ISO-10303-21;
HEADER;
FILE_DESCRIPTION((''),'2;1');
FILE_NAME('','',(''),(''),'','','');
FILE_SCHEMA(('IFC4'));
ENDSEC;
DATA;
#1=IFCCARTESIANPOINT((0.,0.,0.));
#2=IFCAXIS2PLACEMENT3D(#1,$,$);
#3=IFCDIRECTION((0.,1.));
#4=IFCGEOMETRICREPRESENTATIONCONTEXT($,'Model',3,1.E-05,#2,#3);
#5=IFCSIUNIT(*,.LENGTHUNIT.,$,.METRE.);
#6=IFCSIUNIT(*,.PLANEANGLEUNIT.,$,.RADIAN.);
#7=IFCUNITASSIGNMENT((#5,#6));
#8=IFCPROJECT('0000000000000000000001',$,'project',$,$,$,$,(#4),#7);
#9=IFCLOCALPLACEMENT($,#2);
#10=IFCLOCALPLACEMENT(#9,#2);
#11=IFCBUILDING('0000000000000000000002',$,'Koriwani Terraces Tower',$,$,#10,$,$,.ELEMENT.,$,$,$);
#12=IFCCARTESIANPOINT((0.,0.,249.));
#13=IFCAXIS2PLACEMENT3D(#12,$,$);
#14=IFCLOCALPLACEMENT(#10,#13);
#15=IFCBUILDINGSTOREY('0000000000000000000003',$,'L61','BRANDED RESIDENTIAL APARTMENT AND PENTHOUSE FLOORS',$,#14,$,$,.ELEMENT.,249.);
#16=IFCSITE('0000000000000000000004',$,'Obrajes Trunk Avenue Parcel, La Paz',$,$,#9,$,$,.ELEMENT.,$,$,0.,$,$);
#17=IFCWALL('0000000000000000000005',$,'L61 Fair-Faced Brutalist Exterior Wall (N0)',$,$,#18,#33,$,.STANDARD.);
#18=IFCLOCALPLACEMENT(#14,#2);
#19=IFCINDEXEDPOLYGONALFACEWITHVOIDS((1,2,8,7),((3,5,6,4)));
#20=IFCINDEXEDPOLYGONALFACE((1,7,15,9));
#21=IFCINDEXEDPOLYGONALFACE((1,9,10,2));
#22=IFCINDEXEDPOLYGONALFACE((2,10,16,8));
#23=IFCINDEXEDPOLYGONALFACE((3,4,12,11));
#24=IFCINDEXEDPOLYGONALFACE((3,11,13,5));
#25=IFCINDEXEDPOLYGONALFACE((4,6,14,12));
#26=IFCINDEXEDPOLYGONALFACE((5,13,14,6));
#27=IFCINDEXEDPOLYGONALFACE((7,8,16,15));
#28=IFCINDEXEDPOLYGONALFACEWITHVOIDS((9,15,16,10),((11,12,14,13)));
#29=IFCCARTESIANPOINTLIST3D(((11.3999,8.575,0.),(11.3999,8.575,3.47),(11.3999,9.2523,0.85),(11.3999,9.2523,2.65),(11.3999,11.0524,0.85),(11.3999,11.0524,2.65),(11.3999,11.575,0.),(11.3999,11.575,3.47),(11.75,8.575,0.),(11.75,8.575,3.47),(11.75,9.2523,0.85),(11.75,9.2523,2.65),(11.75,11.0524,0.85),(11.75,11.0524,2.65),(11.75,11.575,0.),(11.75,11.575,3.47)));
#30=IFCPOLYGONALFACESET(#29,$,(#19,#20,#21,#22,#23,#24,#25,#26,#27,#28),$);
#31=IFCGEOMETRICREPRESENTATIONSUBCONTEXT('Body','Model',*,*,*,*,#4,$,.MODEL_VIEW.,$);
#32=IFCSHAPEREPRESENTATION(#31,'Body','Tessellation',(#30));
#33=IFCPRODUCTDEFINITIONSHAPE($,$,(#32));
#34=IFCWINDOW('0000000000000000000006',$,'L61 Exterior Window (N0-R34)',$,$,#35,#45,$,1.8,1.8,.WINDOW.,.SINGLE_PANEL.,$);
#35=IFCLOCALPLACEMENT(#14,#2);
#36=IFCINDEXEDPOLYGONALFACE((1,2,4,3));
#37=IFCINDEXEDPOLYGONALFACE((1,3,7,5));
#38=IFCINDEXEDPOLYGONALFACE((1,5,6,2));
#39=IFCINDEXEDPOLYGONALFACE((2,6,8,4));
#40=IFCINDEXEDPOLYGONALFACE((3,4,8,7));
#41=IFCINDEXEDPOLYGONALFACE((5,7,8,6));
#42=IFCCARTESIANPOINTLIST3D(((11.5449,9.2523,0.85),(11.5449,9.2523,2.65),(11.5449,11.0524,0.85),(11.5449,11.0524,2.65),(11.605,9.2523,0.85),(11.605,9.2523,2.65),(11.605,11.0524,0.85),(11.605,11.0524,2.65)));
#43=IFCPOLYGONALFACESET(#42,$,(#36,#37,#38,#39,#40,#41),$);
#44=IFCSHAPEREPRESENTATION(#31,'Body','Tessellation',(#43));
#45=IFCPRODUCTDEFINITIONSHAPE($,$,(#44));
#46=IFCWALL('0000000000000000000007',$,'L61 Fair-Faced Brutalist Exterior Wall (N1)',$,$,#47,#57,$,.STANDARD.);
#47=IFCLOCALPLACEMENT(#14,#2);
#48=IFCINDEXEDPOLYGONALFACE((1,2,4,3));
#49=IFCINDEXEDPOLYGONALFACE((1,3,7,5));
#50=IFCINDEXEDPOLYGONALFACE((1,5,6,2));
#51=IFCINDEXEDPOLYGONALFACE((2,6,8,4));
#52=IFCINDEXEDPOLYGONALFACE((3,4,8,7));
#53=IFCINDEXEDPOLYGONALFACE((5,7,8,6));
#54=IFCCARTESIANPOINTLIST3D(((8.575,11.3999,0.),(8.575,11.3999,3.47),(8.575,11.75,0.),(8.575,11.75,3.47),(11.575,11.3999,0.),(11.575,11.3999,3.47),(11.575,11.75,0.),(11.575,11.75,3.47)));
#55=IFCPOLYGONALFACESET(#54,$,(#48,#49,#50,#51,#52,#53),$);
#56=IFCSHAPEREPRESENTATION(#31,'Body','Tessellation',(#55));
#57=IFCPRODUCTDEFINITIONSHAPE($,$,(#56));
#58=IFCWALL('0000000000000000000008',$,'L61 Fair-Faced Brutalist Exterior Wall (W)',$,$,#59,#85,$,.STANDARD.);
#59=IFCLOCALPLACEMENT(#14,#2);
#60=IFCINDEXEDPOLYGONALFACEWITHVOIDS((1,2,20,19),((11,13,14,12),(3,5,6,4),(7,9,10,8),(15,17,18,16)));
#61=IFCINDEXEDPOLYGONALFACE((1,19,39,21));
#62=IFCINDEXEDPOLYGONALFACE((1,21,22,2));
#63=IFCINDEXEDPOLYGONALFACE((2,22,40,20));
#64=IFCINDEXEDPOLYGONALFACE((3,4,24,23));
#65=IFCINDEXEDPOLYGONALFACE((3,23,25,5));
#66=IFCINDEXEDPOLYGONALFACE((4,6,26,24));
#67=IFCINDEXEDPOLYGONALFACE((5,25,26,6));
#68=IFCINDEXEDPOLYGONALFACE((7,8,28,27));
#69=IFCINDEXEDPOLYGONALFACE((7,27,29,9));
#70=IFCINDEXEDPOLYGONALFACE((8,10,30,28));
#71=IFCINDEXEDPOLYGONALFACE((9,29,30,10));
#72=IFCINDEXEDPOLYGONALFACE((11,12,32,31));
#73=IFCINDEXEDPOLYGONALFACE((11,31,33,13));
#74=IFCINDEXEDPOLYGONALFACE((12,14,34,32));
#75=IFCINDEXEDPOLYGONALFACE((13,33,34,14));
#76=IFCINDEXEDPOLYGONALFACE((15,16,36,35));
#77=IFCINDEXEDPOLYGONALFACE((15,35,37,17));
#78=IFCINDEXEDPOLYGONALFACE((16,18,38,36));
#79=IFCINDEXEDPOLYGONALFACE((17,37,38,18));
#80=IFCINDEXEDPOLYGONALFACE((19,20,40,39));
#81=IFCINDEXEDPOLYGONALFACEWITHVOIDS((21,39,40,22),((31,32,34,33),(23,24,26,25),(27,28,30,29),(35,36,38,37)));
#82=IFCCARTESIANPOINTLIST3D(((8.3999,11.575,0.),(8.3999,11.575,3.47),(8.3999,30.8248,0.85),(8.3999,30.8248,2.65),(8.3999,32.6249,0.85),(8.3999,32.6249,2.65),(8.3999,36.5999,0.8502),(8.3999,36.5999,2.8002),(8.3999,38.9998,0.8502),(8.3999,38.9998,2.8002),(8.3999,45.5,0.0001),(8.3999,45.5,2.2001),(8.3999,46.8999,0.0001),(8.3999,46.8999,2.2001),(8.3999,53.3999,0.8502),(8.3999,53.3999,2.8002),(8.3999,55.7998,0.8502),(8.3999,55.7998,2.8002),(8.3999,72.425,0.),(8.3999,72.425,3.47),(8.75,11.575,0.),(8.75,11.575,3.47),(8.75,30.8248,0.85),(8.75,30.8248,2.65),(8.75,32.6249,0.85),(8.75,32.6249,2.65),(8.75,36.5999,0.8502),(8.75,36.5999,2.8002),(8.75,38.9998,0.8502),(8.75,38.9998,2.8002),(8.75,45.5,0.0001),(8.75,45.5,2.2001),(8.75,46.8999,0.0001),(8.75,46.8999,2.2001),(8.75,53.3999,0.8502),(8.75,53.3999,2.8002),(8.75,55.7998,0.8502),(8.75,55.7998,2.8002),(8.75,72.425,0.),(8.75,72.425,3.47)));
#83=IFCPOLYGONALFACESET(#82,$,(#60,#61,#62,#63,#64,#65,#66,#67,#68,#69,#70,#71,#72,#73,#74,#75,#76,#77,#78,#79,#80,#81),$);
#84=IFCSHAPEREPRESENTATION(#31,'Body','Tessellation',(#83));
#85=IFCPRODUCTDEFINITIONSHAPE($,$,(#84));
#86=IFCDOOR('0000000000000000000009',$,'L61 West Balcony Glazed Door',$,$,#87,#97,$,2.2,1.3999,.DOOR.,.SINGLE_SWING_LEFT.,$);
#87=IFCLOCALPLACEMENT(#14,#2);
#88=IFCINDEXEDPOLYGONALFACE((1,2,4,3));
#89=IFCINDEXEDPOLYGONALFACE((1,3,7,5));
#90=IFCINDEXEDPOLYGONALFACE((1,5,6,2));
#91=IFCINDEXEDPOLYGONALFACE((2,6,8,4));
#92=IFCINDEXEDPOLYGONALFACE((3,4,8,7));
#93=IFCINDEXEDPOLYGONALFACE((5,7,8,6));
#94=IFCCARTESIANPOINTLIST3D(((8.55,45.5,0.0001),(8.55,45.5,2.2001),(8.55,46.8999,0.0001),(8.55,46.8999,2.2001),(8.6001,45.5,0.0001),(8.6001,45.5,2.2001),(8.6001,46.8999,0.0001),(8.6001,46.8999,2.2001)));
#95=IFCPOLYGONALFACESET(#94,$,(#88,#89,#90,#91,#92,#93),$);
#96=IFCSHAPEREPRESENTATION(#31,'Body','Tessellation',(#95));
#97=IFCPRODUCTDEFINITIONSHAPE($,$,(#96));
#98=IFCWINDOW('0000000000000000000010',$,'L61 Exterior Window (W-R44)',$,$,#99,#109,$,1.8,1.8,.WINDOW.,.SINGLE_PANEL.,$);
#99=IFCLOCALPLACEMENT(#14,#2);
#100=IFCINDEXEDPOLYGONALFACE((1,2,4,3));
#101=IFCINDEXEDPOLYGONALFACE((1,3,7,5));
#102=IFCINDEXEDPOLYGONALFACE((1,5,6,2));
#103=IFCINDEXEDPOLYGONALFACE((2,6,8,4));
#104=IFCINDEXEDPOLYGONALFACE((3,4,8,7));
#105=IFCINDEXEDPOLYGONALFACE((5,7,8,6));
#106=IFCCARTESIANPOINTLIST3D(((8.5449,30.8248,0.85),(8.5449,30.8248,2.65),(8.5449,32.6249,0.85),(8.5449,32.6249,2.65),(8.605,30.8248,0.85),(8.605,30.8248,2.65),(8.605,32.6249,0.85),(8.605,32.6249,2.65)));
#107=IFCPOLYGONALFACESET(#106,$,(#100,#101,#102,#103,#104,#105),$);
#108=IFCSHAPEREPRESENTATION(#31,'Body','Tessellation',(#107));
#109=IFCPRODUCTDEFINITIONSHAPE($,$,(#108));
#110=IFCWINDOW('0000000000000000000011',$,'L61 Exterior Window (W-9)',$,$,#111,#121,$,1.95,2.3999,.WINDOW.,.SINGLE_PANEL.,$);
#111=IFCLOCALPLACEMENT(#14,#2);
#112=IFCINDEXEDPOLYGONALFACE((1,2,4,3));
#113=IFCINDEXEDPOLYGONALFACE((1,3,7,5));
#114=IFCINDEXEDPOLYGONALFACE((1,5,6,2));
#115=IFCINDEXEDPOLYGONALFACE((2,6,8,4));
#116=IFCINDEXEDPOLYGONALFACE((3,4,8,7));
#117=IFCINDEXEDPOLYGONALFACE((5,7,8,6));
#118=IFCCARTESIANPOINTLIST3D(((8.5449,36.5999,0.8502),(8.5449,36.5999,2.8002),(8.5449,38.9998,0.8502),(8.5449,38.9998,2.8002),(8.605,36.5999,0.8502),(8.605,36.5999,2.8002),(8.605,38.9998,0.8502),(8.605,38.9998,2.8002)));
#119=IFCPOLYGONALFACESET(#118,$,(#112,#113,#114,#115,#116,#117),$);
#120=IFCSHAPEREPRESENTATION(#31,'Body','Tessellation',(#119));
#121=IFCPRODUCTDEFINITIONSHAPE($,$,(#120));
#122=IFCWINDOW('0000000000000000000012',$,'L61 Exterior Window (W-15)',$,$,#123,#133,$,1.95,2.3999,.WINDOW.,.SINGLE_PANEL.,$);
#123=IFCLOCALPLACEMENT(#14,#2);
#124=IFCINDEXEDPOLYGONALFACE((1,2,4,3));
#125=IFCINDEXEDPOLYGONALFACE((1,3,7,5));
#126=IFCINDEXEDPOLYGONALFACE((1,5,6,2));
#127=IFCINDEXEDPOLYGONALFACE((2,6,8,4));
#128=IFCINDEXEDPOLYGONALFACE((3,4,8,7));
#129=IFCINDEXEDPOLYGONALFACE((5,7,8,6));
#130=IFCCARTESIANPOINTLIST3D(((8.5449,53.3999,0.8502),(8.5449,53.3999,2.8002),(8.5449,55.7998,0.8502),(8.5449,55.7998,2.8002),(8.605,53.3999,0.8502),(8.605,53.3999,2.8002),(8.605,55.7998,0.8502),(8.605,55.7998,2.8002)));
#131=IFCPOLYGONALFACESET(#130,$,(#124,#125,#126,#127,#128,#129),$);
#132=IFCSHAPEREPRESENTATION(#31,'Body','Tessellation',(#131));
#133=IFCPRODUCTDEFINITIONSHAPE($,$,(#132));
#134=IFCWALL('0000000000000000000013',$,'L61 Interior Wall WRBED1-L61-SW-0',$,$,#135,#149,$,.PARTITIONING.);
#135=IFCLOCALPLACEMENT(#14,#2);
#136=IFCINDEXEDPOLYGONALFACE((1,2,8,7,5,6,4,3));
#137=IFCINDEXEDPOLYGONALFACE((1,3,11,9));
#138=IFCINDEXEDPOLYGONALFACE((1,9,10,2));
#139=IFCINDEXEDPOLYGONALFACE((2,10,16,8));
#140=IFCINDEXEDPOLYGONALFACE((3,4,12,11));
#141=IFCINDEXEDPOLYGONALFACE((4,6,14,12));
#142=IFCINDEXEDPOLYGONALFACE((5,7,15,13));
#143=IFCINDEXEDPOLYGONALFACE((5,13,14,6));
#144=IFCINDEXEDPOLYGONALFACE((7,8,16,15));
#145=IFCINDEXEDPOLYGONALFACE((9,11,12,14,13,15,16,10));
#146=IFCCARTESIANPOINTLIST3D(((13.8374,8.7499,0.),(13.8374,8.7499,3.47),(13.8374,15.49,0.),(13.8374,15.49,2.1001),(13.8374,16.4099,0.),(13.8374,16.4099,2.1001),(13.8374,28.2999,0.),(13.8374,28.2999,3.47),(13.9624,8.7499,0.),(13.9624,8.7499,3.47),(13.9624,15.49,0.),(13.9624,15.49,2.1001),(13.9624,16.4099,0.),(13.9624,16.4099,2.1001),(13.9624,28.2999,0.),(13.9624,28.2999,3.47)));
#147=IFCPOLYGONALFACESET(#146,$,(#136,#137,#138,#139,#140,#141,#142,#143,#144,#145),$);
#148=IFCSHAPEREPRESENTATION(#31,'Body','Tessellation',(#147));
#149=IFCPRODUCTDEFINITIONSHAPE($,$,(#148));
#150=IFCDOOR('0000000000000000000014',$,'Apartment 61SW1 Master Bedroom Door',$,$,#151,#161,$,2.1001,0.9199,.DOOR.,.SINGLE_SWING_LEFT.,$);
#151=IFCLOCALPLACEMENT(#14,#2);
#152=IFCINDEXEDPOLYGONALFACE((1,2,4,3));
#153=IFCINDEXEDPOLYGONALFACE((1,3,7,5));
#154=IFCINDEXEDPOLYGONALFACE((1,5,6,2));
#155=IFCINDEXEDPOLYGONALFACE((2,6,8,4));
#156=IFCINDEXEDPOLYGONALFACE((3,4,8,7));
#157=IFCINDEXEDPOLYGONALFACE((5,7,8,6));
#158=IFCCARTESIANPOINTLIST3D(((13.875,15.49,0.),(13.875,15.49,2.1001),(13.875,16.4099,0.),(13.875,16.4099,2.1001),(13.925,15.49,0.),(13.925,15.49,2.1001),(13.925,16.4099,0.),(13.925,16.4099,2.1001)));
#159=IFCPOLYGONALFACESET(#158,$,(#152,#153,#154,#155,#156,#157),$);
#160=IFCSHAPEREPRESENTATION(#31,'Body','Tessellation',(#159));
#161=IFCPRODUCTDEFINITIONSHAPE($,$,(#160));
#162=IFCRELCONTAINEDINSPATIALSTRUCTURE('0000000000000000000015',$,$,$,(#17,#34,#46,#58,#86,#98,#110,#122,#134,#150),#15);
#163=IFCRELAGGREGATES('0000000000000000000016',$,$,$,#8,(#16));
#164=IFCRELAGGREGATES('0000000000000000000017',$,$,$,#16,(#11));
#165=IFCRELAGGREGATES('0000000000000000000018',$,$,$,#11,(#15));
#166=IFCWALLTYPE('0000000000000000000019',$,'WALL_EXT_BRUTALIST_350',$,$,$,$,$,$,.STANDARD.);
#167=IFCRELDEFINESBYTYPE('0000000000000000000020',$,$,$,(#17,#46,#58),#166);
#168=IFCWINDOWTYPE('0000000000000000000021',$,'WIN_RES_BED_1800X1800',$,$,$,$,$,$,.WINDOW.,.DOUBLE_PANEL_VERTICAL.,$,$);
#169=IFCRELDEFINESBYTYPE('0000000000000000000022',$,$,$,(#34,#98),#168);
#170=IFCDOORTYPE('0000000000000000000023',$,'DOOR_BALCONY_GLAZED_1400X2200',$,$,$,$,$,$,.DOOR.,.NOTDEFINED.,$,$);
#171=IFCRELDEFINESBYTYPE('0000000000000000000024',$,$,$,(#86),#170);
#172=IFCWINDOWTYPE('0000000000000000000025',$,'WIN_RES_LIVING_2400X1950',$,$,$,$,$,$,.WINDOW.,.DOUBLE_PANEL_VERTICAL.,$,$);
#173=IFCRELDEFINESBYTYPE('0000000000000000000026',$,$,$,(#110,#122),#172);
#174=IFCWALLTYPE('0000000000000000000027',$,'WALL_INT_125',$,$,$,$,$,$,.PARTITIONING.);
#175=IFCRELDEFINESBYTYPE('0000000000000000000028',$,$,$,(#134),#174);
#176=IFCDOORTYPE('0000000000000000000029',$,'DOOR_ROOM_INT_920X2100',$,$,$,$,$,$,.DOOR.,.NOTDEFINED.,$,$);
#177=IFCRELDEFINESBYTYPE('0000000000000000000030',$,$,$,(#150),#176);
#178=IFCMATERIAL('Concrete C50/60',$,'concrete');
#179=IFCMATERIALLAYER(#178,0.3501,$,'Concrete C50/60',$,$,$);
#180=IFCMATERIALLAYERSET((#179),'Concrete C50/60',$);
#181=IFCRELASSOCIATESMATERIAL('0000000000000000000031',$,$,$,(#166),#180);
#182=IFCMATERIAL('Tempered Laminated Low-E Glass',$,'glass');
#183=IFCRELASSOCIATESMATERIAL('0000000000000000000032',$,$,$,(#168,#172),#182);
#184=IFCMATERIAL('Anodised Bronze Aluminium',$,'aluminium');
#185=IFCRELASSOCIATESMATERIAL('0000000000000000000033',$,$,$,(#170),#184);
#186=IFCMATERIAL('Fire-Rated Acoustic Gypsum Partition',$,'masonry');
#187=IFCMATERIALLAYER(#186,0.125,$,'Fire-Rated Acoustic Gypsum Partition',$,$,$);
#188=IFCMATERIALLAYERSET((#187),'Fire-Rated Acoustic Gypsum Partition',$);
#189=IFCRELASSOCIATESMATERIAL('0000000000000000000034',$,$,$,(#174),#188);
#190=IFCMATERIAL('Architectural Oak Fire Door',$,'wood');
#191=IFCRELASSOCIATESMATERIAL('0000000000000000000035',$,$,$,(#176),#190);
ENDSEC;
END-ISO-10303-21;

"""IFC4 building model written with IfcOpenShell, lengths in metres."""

from ifc_helpers import new_model, si_unit, direction, frame, frame_2d, origin, place, context, subcontext, project, spatial, rectangle, extrude, material, layer, layer_set, type_object, element, fill, save


model = new_model("IFC4")

# Units and contexts
model_context = context("Model", 3, precision=1e-05, world=origin(), true_north=direction((0.0, 1.0)))
body_context = subcontext(model_context, "Body", "Model", "MODEL_VIEW")
ifc_project = project(units=[si_unit("LENGTHUNIT", "METRE"), si_unit("PLANEANGLEUNIT", "RADIAN")], contexts=[model_context])

# Site, building, storey
site_placement = place(None, origin())
site = spatial("IfcSite", under=ifc_project, at=site_placement, Name="Obrajes Trunk Avenue Parcel, La Paz", CompositionType="ELEMENT", RefElevation=0.0)
building_placement = place(site_placement, origin())
building = spatial("IfcBuilding", under=site, at=building_placement, Name="Koriwani Terraces Tower", CompositionType="ELEMENT")
storey_placement = place(building_placement, frame((0.0, 0.0, 249.0)))
storey = spatial("IfcBuildingStorey", under=building, at=storey_placement, Name="L61", Description="BRANDED RESIDENTIAL APARTMENT AND PENTHOUSE FLOORS", CompositionType="ELEMENT", Elevation=249.0)

# Shared definitions
ifc_material_1 = material(Name="Concrete C50/60", Category="concrete")

# Wall, opening, window
ifc_layer_1 = layer(ifc_material_1, 0.3501, Name="Concrete C50/60")
ifc_layer_set_1 = layer_set([ifc_layer_1], Name="Concrete C50/60")
wall_type_1 = type_object("IfcWallType", Name="WALL_EXT_BRUTALIST_350", PredefinedType="STANDARD", material=ifc_layer_set_1)
wall_1_placement = place(storey_placement, frame((11.575, 8.575, 0.0), z_axis=(0.0, 0.0, 1.0), x_axis=(0.0, 1.0, 0.0)))
wall_1 = element("IfcWall", 1, at=wall_1_placement, inside=storey, type_object=wall_type_1, Name="L61 Fair-Faced Brutalist Exterior Wall (N0)", PredefinedType="STANDARD", context=body_context, shape_type="SweptSolid", body=[
    extrude(rectangle(XDim=3.0, YDim=0.3501, at=frame_2d((1.5, 0.0))), origin(), (0.0, 0.0, 1.0), 3.47),
])
opening_1_placement = place(wall_1_placement, frame((0.6775, 0.0, 0.8501)))
opening_1 = element("IfcOpeningElement", 2, at=opening_1_placement, cuts=wall_1, PredefinedType="OPENING", context=body_context, shape_type="SweptSolid", body=[
    extrude(rectangle(XDim=1.8, YDim=1.8, at=frame_2d((0.8999, 0.8999))), frame((0.0, 0.1851, 0.0), z_axis=(0.0, -1.0, 0.0), x_axis=(1.0, 0.0, 0.0)), (0.0, 0.0, 1.0), 0.3701),
])
ifc_material_2 = material(Name="Tempered Laminated Low-E Glass", Category="glass")
window_type_1 = type_object("IfcWindowType", Name="WIN_RES_BED_1800X1800", PartitioningType="DOUBLE_PANEL_VERTICAL", PredefinedType="WINDOW", material=ifc_material_2)
window_1_placement = place(opening_1_placement, origin())
window_1 = element("IfcWindow", 3, at=window_1_placement, inside=storey, type_object=window_type_1, Name="L61 Exterior Window (N0-R34)", OverallHeight=1.8, OverallWidth=1.8, PartitioningType="SINGLE_PANEL", PredefinedType="WINDOW", context=body_context, shape_type="SweptSolid", body=[
    extrude(rectangle(XDim=1.8, YDim=1.8, at=frame_2d((0.8999, 0.8999))), frame((0.0, 0.03, 0.0), z_axis=(0.0, -1.0, 0.0), x_axis=(1.0, 0.0, 0.0)), (0.0, 0.0, 1.0), 0.0601),
])
fill(opening_1, window_1)

# Wall
wall_2_placement = place(storey_placement, frame((11.575, 11.575, 0.0), z_axis=(0.0, 0.0, 1.0), x_axis=(-1.0, 0.0, 0.0)))
element("IfcWall", 4, at=wall_2_placement, inside=storey, type_object=wall_type_1, Name="L61 Fair-Faced Brutalist Exterior Wall (N1)", PredefinedType="STANDARD", context=body_context, shape_type="SweptSolid", body=[
    extrude(rectangle(XDim=3.0, YDim=0.3501, at=frame_2d((1.5, 0.0))), origin(), (0.0, 0.0, 1.0), 3.47),
])

# Wall, openings, door, windows
wall_3_placement = place(storey_placement, frame((8.575, 11.575, 0.0), z_axis=(0.0, 0.0, 1.0), x_axis=(0.0, 1.0, 0.0)))
wall_3 = element("IfcWall", 5, at=wall_3_placement, inside=storey, type_object=wall_type_1, Name="L61 Fair-Faced Brutalist Exterior Wall (W)", PredefinedType="STANDARD", context=body_context, shape_type="SweptSolid", body=[
    extrude(rectangle(XDim=60.8501, YDim=0.3501, at=frame_2d((30.425, 0.0))), origin(), (0.0, 0.0, 1.0), 3.47),
])
opening_2_placement = place(wall_3_placement, frame((33.925, 0.0, 0.0)))
opening_2 = element("IfcOpeningElement", 6, at=opening_2_placement, cuts=wall_3, PredefinedType="OPENING", context=body_context, shape_type="SweptSolid", body=[
    extrude(rectangle(XDim=1.3999, YDim=2.2, at=frame_2d((0.7, 1.1001))), frame((0.0, 0.1851, 0.0), z_axis=(0.0, -1.0, 0.0), x_axis=(1.0, 0.0, 0.0)), (0.0, 0.0, 1.0), 0.3701),
])
opening_3_placement = place(wall_3_placement, frame((25.0249, 0.0, 0.8501)))
opening_3 = element("IfcOpeningElement", 7, at=opening_3_placement, cuts=wall_3, PredefinedType="OPENING", context=body_context, shape_type="SweptSolid", body=[
    extrude(rectangle(XDim=2.3999, YDim=1.95, at=frame_2d((1.2, 0.9751))), frame((0.0, 0.1851, 0.0), z_axis=(0.0, -1.0, 0.0), x_axis=(1.0, 0.0, 0.0)), (0.0, 0.0, 1.0), 0.3701),
])
opening_4_placement = place(wall_3_placement, frame((41.825, 0.0, 0.8501)))
opening_4 = element("IfcOpeningElement", 8, at=opening_4_placement, cuts=wall_3, PredefinedType="OPENING", context=body_context, shape_type="SweptSolid", body=[
    extrude(rectangle(XDim=2.3999, YDim=1.95, at=frame_2d((1.2, 0.9751))), frame((0.0, 0.1851, 0.0), z_axis=(0.0, -1.0, 0.0), x_axis=(1.0, 0.0, 0.0)), (0.0, 0.0, 1.0), 0.3701),
])
opening_5_placement = place(wall_3_placement, frame((19.25, 0.0, 0.8501)))
opening_5 = element("IfcOpeningElement", 9, at=opening_5_placement, cuts=wall_3, PredefinedType="OPENING", context=body_context, shape_type="SweptSolid", body=[
    extrude(rectangle(XDim=1.8, YDim=1.8, at=frame_2d((0.8999, 0.8999))), frame((0.0, 0.1851, 0.0), z_axis=(0.0, -1.0, 0.0), x_axis=(1.0, 0.0, 0.0)), (0.0, 0.0, 1.0), 0.3701),
])
ifc_material_3 = material(Name="Anodised Bronze Aluminium", Category="aluminium")
door_type_1 = type_object("IfcDoorType", Name="DOOR_BALCONY_GLAZED_1400X2200", OperationType="NOTDEFINED", PredefinedType="DOOR", material=ifc_material_3)
door_1_placement = place(opening_2_placement, origin())
door_1 = element("IfcDoor", 10, at=door_1_placement, inside=storey, type_object=door_type_1, Name="L61 West Balcony Glazed Door", OperationType="SINGLE_SWING_LEFT", OverallHeight=2.2, OverallWidth=1.3999, PredefinedType="DOOR", context=body_context, shape_type="SweptSolid", body=[
    extrude(rectangle(XDim=1.3999, YDim=2.2, at=frame_2d((0.7, 1.1001))), frame((0.0, 0.0249, 0.0), z_axis=(0.0, -1.0, 0.0), x_axis=(1.0, 0.0, 0.0)), (0.0, 0.0, 1.0), 0.05),
])
fill(opening_2, door_1)
window_2_placement = place(opening_5_placement, origin())
window_2 = element("IfcWindow", 11, at=window_2_placement, inside=storey, type_object=window_type_1, Name="L61 Exterior Window (W-R44)", OverallHeight=1.8, OverallWidth=1.8, PartitioningType="SINGLE_PANEL", PredefinedType="WINDOW", context=body_context, shape_type="SweptSolid", body=[
    extrude(rectangle(XDim=1.8, YDim=1.8, at=frame_2d((0.8999, 0.8999))), frame((0.0, 0.03, 0.0), z_axis=(0.0, -1.0, 0.0), x_axis=(1.0, 0.0, 0.0)), (0.0, 0.0, 1.0), 0.0601),
])
fill(opening_5, window_2)
window_type_2 = type_object("IfcWindowType", Name="WIN_RES_LIVING_2400X1950", PartitioningType="DOUBLE_PANEL_VERTICAL", PredefinedType="WINDOW", material=ifc_material_2)
window_3_placement = place(opening_3_placement, origin())
window_3 = element("IfcWindow", 12, at=window_3_placement, inside=storey, type_object=window_type_2, Name="L61 Exterior Window (W-9)", OverallHeight=1.95, OverallWidth=2.3999, PartitioningType="SINGLE_PANEL", PredefinedType="WINDOW", context=body_context, shape_type="SweptSolid", body=[
    extrude(rectangle(XDim=2.3999, YDim=1.95, at=frame_2d((1.2, 0.9751))), frame((0.0, 0.03, 0.0), z_axis=(0.0, -1.0, 0.0), x_axis=(1.0, 0.0, 0.0)), (0.0, 0.0, 1.0), 0.0601),
])
fill(opening_3, window_3)
window_4_placement = place(opening_4_placement, origin())
window_4 = element("IfcWindow", 13, at=window_4_placement, inside=storey, type_object=window_type_2, Name="L61 Exterior Window (W-15)", OverallHeight=1.95, OverallWidth=2.3999, PartitioningType="SINGLE_PANEL", PredefinedType="WINDOW", context=body_context, shape_type="SweptSolid", body=[
    extrude(rectangle(XDim=2.3999, YDim=1.95, at=frame_2d((1.2, 0.9751))), frame((0.0, 0.03, 0.0), z_axis=(0.0, -1.0, 0.0), x_axis=(1.0, 0.0, 0.0)), (0.0, 0.0, 1.0), 0.0601),
])
fill(opening_4, window_4)

# Wall, opening, door
ifc_material_4 = material(Name="Fire-Rated Acoustic Gypsum Partition", Category="masonry")
ifc_layer_2 = layer(ifc_material_4, 0.125, Name="Fire-Rated Acoustic Gypsum Partition")
ifc_layer_set_2 = layer_set([ifc_layer_2], Name="Fire-Rated Acoustic Gypsum Partition")
wall_type_2 = type_object("IfcWallType", Name="WALL_INT_125", PredefinedType="PARTITIONING", material=ifc_layer_set_2)
wall_4_placement = place(storey_placement, frame((13.8999, 8.75, 0.0), z_axis=(0.0, 0.0, 1.0), x_axis=(0.0, 1.0, 0.0)))
wall_4 = element("IfcWall", 14, at=wall_4_placement, inside=storey, type_object=wall_type_2, Name="L61 Interior Wall WRBED1-L61-SW-0", PredefinedType="PARTITIONING", context=body_context, shape_type="SweptSolid", body=[
    extrude(rectangle(XDim=19.55, YDim=0.125, at=frame_2d((9.7749, 0.0))), origin(), (0.0, 0.0, 1.0), 3.47),
])
opening_6_placement = place(wall_4_placement, frame((6.74, 0.0, 0.0)))
opening_6 = element("IfcOpeningElement", 15, at=opening_6_placement, cuts=wall_4, PredefinedType="OPENING", context=body_context, shape_type="SweptSolid", body=[
    extrude(rectangle(XDim=0.9199, YDim=2.1001, at=frame_2d((0.46, 1.05))), frame((0.0, 0.0725, 0.0), z_axis=(0.0, -1.0, 0.0), x_axis=(1.0, 0.0, 0.0)), (0.0, 0.0, 1.0), 0.145),
])
ifc_material_5 = material(Name="Architectural Oak Fire Door", Category="wood")
door_type_2 = type_object("IfcDoorType", Name="DOOR_ROOM_INT_920X2100", OperationType="NOTDEFINED", PredefinedType="DOOR", material=ifc_material_5)
door_2_placement = place(opening_6_placement, origin())
door_2 = element("IfcDoor", 16, at=door_2_placement, inside=storey, type_object=door_type_2, Name="Apartment 61SW1 Master Bedroom Door", OperationType="SINGLE_SWING_LEFT", OverallHeight=2.1001, OverallWidth=0.9199, PredefinedType="DOOR", context=body_context, shape_type="SweptSolid", body=[
    extrude(rectangle(XDim=0.9199, YDim=2.1001, at=frame_2d((0.46, 1.05))), frame((0.0, 0.0249, 0.0), z_axis=(0.0, -1.0, 0.0), x_axis=(1.0, 0.0, 0.0)), (0.0, 0.0, 1.0), 0.05),
])
fill(opening_6, door_2)

save(model, "model.ifc")
